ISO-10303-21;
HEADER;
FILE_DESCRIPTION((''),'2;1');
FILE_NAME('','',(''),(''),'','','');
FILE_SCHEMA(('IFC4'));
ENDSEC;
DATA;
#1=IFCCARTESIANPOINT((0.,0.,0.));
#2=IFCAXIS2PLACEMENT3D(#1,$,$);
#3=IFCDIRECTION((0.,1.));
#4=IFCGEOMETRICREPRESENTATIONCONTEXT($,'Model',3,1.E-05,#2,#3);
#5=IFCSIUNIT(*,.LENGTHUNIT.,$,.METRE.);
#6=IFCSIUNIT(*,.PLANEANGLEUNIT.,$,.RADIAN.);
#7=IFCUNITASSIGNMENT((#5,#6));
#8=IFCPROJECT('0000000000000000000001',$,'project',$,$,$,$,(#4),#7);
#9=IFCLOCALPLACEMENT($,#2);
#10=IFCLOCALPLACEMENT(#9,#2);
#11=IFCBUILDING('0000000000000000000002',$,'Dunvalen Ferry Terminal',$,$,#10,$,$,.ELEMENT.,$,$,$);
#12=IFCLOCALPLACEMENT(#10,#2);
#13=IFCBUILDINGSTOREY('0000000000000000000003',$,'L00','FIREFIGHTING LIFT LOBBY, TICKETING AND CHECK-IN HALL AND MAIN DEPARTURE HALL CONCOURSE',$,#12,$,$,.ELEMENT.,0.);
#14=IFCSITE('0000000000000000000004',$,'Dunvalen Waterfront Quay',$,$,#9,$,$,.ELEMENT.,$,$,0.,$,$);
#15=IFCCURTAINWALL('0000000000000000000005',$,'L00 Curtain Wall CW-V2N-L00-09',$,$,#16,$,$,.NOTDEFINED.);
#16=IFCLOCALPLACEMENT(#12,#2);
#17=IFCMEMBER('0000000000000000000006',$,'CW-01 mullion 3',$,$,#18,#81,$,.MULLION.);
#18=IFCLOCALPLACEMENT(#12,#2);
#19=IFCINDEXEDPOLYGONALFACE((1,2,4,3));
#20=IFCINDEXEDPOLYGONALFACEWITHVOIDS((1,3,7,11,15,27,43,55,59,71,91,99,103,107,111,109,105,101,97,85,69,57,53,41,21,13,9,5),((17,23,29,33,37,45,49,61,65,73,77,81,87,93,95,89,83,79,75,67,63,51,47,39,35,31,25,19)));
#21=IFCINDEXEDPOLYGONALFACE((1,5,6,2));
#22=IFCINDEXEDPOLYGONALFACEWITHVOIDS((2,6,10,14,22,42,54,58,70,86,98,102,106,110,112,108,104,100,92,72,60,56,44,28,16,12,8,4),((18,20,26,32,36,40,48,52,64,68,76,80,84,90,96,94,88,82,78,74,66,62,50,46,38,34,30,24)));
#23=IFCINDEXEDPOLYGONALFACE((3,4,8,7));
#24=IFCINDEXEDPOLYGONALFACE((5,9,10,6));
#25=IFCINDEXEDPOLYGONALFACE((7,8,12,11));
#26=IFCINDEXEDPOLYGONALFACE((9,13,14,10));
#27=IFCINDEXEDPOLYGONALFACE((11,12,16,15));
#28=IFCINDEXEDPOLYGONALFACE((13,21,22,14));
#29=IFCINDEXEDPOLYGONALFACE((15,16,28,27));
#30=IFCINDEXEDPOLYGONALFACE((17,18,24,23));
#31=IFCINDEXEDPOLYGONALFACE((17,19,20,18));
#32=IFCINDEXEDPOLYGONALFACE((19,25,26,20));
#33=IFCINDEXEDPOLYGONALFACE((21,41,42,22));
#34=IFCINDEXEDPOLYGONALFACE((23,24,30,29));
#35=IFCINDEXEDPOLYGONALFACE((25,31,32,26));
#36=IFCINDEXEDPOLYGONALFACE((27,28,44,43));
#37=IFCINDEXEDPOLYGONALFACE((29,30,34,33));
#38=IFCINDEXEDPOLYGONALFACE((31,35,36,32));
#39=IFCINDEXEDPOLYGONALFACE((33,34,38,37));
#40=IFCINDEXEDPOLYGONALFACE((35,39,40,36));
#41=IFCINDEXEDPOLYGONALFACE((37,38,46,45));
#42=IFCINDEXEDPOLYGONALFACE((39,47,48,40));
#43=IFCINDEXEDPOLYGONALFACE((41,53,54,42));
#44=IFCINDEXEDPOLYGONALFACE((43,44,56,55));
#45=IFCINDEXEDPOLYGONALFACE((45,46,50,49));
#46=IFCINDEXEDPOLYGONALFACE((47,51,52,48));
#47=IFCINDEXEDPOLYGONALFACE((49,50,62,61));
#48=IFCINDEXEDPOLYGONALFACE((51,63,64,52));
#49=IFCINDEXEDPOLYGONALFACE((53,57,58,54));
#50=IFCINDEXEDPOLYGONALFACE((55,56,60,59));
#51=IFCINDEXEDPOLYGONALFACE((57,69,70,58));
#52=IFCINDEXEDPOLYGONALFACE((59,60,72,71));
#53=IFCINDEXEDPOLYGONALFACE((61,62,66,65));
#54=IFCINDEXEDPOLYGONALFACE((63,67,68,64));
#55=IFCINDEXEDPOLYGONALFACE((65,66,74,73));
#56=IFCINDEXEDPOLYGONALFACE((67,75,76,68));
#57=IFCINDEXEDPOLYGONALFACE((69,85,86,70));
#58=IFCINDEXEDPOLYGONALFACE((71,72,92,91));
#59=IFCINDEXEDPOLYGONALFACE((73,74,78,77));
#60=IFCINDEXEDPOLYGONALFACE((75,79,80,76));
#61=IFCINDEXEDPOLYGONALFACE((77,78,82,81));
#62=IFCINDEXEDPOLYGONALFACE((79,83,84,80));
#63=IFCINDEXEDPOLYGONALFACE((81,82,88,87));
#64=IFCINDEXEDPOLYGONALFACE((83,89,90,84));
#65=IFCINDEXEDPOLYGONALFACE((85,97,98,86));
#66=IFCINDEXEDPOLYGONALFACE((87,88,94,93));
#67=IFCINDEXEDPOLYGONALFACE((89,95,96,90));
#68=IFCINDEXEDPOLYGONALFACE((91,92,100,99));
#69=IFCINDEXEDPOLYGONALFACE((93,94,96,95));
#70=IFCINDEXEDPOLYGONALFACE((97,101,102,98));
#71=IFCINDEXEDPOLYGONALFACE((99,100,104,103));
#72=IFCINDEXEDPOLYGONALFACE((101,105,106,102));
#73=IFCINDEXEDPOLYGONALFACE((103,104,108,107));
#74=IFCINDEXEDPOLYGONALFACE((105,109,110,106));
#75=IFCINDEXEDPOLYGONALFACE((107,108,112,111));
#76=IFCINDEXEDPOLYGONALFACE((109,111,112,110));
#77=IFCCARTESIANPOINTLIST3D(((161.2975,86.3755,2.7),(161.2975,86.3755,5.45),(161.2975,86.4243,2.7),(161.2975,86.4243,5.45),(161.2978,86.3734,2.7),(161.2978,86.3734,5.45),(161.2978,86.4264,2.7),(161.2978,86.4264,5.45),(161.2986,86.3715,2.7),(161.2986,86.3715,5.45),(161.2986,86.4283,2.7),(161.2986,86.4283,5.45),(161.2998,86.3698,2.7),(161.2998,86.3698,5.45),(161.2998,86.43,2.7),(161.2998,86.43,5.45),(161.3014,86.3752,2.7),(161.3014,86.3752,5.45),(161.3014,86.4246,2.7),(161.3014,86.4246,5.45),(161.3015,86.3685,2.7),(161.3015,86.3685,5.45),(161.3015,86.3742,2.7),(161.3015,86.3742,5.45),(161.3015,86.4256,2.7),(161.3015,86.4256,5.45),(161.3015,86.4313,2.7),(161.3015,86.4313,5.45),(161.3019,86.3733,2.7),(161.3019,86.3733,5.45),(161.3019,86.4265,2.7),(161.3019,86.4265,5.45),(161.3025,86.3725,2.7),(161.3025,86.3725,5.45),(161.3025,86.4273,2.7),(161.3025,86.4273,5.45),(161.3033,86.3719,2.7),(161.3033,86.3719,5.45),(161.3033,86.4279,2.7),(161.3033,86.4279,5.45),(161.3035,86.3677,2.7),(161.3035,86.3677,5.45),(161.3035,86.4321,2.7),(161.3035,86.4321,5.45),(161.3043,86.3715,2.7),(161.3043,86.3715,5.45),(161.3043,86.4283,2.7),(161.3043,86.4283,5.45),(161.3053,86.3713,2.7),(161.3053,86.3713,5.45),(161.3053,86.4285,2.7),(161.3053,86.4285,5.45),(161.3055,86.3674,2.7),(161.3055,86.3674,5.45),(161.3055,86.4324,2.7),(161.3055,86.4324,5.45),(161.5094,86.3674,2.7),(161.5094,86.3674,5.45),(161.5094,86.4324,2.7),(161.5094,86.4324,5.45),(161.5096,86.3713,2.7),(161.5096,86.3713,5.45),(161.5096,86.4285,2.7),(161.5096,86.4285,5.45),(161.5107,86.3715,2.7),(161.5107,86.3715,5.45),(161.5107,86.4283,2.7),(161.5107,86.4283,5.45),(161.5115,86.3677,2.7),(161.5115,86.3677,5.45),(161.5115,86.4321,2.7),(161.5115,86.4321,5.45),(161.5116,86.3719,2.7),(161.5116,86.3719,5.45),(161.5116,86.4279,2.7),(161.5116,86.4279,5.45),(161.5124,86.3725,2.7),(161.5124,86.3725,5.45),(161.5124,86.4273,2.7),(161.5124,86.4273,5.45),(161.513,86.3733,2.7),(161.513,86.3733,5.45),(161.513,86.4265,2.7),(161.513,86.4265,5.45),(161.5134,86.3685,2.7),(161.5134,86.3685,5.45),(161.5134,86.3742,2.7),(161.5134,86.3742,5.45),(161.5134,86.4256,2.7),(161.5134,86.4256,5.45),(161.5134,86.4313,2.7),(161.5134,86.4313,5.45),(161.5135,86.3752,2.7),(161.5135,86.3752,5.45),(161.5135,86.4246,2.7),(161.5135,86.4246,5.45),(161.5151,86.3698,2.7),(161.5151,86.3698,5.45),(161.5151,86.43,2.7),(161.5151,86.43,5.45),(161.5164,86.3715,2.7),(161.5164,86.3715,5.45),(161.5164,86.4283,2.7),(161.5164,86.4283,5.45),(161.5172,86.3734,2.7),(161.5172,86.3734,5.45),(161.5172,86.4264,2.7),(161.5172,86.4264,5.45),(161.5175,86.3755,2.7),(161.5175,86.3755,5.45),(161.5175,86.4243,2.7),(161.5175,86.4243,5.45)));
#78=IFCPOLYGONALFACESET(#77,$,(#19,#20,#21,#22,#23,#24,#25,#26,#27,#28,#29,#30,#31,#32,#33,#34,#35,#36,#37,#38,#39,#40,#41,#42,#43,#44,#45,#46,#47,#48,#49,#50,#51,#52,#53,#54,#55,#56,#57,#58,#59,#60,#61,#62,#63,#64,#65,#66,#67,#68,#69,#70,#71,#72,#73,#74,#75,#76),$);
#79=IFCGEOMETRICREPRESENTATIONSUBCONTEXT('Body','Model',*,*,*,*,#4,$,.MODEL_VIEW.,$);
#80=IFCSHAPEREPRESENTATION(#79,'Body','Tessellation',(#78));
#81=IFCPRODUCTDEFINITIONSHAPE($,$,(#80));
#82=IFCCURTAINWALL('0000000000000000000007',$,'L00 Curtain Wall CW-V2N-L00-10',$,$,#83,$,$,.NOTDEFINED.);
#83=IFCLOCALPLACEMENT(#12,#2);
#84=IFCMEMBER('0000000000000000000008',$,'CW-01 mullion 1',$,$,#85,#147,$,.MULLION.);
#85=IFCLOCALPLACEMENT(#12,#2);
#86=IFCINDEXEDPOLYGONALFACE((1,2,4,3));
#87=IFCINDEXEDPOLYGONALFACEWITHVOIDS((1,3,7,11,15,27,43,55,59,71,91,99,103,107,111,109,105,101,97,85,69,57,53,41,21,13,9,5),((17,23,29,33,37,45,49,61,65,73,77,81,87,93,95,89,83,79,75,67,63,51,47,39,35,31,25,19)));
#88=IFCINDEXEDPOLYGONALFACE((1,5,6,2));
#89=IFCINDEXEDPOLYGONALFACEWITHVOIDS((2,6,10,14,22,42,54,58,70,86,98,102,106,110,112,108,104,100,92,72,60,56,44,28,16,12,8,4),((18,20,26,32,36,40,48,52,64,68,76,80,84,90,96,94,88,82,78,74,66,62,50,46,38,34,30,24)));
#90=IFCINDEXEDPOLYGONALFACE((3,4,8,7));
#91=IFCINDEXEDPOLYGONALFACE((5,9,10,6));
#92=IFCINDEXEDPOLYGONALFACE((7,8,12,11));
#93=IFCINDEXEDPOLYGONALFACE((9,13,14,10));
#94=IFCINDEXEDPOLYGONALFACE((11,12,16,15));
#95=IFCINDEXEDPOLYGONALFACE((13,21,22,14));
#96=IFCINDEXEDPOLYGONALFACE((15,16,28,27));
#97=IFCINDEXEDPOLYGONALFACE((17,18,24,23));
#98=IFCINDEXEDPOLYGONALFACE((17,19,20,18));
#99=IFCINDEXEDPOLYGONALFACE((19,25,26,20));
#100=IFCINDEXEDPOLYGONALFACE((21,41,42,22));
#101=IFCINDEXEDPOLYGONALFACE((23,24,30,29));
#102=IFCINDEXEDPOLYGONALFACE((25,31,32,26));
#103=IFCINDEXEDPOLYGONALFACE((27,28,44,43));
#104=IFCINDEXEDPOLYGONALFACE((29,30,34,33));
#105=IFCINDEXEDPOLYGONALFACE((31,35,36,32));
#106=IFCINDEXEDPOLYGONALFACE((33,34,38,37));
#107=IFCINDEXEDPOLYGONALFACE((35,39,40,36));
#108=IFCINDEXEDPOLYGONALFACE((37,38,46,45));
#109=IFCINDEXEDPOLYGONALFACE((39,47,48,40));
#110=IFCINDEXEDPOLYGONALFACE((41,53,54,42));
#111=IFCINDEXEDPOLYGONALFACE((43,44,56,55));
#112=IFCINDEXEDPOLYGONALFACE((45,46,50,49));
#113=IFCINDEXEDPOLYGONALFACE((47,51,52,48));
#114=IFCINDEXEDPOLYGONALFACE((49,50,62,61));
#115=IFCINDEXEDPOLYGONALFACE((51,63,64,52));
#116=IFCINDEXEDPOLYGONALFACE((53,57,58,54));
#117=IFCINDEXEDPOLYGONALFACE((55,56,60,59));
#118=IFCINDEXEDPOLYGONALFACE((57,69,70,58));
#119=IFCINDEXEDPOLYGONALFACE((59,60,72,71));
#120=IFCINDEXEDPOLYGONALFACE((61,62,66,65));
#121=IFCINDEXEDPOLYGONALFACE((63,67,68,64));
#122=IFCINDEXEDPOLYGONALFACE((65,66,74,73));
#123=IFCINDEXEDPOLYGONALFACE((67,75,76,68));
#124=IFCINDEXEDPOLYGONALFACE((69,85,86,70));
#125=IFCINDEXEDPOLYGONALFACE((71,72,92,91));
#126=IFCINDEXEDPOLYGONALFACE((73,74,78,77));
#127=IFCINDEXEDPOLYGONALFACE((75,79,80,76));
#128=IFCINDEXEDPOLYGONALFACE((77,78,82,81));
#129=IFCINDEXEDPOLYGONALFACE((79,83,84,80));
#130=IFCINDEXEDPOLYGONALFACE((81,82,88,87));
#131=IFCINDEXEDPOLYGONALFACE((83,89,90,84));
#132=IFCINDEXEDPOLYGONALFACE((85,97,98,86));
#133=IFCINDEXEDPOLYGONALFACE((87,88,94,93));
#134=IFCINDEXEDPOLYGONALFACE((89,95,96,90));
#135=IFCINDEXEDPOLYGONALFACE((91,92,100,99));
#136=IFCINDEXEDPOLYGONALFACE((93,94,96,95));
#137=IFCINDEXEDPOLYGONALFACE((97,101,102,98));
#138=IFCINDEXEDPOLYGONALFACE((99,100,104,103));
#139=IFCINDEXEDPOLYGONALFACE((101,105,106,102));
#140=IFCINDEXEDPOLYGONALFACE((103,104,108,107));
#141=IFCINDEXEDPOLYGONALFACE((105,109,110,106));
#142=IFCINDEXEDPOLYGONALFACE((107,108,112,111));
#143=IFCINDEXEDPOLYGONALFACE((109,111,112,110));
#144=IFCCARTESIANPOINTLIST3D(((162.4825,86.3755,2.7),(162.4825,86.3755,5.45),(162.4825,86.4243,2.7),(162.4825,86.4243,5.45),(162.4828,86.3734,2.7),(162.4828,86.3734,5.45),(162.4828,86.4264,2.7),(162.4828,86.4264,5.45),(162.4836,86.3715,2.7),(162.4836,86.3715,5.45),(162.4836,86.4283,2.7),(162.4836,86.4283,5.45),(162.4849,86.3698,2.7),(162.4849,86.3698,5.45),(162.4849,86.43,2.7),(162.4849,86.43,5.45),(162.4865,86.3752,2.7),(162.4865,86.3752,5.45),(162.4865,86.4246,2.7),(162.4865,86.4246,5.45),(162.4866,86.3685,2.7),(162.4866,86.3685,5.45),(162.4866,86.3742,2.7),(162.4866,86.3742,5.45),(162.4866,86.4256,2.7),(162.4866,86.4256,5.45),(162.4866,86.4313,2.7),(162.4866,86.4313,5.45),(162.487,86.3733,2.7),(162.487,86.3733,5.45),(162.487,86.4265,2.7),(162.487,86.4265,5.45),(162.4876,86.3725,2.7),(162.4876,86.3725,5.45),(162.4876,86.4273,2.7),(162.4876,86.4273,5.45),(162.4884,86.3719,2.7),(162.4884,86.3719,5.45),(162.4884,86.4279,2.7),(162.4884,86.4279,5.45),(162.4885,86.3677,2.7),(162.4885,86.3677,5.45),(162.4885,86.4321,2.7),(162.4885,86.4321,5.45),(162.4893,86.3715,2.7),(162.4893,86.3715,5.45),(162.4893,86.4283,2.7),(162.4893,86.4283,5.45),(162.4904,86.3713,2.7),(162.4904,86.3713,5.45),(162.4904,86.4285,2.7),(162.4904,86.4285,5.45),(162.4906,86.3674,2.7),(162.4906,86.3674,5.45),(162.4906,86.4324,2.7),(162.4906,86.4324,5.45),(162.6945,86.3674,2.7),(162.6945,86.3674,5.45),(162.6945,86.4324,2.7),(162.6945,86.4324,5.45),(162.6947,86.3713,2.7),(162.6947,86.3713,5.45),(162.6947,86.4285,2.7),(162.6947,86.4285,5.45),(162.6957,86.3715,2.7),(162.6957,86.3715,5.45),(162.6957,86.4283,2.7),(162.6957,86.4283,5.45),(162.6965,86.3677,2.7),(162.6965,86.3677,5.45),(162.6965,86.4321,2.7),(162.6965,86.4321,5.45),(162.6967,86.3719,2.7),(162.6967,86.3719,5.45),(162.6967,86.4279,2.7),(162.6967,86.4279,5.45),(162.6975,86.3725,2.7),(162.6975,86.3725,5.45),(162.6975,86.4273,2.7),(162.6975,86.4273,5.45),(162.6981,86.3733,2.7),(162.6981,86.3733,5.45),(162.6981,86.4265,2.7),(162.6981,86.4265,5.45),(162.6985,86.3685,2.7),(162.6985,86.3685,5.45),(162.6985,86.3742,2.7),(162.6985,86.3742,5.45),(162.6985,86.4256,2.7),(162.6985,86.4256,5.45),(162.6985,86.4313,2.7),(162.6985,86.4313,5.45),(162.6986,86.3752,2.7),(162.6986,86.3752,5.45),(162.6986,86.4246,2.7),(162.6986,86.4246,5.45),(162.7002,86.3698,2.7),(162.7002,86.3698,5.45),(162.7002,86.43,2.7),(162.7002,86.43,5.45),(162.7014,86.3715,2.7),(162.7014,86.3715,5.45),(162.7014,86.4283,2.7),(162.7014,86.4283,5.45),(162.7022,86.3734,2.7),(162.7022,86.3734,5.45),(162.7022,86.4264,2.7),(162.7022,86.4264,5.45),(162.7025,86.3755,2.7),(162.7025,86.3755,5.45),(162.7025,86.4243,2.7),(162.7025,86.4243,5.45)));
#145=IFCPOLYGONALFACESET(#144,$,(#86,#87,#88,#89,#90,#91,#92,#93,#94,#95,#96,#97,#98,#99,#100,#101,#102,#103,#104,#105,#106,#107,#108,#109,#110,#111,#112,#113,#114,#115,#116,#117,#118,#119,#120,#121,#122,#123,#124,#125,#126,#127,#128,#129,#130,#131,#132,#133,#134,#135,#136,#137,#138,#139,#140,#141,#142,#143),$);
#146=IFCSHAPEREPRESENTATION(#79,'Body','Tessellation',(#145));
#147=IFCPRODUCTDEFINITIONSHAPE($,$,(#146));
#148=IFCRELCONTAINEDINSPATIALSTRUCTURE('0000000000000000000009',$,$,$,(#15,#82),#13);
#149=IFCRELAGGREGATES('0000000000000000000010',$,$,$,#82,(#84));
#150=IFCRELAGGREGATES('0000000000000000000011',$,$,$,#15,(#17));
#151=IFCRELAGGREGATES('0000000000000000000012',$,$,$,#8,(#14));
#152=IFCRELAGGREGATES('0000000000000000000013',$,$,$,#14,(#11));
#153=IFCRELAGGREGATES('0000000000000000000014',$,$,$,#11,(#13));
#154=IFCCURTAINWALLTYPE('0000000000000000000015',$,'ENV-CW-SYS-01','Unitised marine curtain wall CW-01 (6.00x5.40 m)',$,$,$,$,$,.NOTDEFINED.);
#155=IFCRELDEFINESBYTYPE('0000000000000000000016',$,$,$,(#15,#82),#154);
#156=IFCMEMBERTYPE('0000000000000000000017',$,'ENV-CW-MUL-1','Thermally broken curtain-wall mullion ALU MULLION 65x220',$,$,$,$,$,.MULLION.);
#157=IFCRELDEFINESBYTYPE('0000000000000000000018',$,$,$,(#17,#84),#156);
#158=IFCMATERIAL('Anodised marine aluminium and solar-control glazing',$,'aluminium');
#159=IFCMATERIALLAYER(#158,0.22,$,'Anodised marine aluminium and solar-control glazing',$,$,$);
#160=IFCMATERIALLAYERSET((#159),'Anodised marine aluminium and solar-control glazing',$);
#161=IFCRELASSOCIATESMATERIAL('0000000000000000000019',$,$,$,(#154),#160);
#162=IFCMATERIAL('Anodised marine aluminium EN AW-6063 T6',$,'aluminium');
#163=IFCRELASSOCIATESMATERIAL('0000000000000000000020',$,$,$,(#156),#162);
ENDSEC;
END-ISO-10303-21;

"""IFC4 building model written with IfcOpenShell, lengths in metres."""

from ifc_helpers import new_model, si_unit, direction, frame, origin, origin_2d, place, context, subcontext, project, spatial, hollow_rectangle, extrude, material, layer, layer_set, material_profile, profile_set, type_object, element, aggregate, save


model = new_model("IFC4")

# Units and contexts
model_context = context("Model", 3, precision=1e-05, world=origin(), true_north=direction((0.0, 1.0)))
body_context = subcontext(model_context, "Body", "Model", "MODEL_VIEW")
ifc_project = project(units=[si_unit("LENGTHUNIT", "METRE"), si_unit("PLANEANGLEUNIT", "RADIAN")], contexts=[model_context])

# Site, building, storey
site_placement = place(None, origin())
site = spatial("IfcSite", under=ifc_project, at=site_placement, Name="Dunvalen Waterfront Quay", CompositionType="ELEMENT", RefElevation=0.0)
building_placement = place(site_placement, origin())
building = spatial("IfcBuilding", under=site, at=building_placement, Name="Dunvalen Ferry Terminal", CompositionType="ELEMENT")
storey_placement = place(building_placement, origin())
storey = spatial("IfcBuildingStorey", under=building, at=storey_placement, Name="L00", Description="FIREFIGHTING LIFT LOBBY, TICKETING AND CHECK-IN HALL AND MAIN DEPARTURE HALL CONCOURSE", CompositionType="ELEMENT", Elevation=0.0)

# Curtain wall, member
ifc_material_1 = material(Name="Anodised marine aluminium and solar-control glazing", Category="aluminium")
ifc_layer_1 = layer(ifc_material_1, 0.22, Name="Anodised marine aluminium and solar-control glazing")
ifc_layer_set_1 = layer_set([ifc_layer_1], Name="Anodised marine aluminium and solar-control glazing")
curtain_wall_type = type_object("IfcCurtainWallType", Name="ENV-CW-SYS-01", Description="Unitised marine curtain wall CW-01 (6.00x5.40 m)", PredefinedType="NOTDEFINED", material=ifc_layer_set_1)
curtain_wall_1_placement = place(storey_placement, origin())
curtain_wall_1 = element("IfcCurtainWall", 1, at=curtain_wall_1_placement, inside=storey, type_object=curtain_wall_type, Name="L00 Curtain Wall CW-V2N-L00-09", PredefinedType="NOTDEFINED")
ifc_material_2 = material(Name="Anodised marine aluminium EN AW-6063 T6", Category="aluminium")
ifc_material_profile_1 = material_profile(ifc_material_2, hollow_rectangle(XDim=0.0649, YDim=0.22, WallThickness=0.0039, InnerFilletRadius=0.0039, OuterFilletRadius=0.0081, at=origin_2d()), Name="Anodised marine aluminium EN AW-6063 T6")
ifc_profile_set_1 = profile_set([ifc_material_profile_1], Name="Anodised marine aluminium EN AW-6063 T6")
member_type_1 = type_object("IfcMemberType", Name="ENV-CW-MUL-1", Description="Thermally broken curtain-wall mullion ALU MULLION 65x220", PredefinedType="MULLION", material=ifc_profile_set_1)
member_1_placement = place(storey_placement, frame((161.4075, 86.3999, 2.7), z_axis=(0.0, 0.0, 1.0), x_axis=(0.0, 1.0, 0.0)))
member_1 = element("IfcMember", 2, at=member_1_placement, type_object=member_type_1, Name="CW-01 mullion 3", PredefinedType="MULLION", context=body_context, shape_type="SweptSolid", body=[
    extrude(hollow_rectangle(XDim=0.0649, YDim=0.22, WallThickness=0.0039, InnerFilletRadius=0.0039, OuterFilletRadius=0.0081, at=origin_2d()), origin(), (0.0, 0.0, 1.0), 2.75),
])

# Curtain wall, member
curtain_wall_2_placement = place(storey_placement, origin())
curtain_wall_2 = element("IfcCurtainWall", 3, at=curtain_wall_2_placement, inside=storey, type_object=curtain_wall_type, Name="L00 Curtain Wall CW-V2N-L00-10", PredefinedType="NOTDEFINED")
member_2_placement = place(storey_placement, frame((162.5925, 86.3999, 2.7), z_axis=(0.0, 0.0, 1.0), x_axis=(0.0, 1.0, 0.0)))
member_2 = element("IfcMember", 4, at=member_2_placement, type_object=member_type_1, Name="CW-01 mullion 1", PredefinedType="MULLION", context=body_context, shape_type="SweptSolid", body=[
    extrude(hollow_rectangle(XDim=0.0649, YDim=0.22, WallThickness=0.0039, InnerFilletRadius=0.0039, OuterFilletRadius=0.0081, at=origin_2d()), origin(), (0.0, 0.0, 1.0), 2.75),
])

aggregate(curtain_wall_2, [member_2])

aggregate(curtain_wall_1, [member_1])

save(model, "model.ifc")
